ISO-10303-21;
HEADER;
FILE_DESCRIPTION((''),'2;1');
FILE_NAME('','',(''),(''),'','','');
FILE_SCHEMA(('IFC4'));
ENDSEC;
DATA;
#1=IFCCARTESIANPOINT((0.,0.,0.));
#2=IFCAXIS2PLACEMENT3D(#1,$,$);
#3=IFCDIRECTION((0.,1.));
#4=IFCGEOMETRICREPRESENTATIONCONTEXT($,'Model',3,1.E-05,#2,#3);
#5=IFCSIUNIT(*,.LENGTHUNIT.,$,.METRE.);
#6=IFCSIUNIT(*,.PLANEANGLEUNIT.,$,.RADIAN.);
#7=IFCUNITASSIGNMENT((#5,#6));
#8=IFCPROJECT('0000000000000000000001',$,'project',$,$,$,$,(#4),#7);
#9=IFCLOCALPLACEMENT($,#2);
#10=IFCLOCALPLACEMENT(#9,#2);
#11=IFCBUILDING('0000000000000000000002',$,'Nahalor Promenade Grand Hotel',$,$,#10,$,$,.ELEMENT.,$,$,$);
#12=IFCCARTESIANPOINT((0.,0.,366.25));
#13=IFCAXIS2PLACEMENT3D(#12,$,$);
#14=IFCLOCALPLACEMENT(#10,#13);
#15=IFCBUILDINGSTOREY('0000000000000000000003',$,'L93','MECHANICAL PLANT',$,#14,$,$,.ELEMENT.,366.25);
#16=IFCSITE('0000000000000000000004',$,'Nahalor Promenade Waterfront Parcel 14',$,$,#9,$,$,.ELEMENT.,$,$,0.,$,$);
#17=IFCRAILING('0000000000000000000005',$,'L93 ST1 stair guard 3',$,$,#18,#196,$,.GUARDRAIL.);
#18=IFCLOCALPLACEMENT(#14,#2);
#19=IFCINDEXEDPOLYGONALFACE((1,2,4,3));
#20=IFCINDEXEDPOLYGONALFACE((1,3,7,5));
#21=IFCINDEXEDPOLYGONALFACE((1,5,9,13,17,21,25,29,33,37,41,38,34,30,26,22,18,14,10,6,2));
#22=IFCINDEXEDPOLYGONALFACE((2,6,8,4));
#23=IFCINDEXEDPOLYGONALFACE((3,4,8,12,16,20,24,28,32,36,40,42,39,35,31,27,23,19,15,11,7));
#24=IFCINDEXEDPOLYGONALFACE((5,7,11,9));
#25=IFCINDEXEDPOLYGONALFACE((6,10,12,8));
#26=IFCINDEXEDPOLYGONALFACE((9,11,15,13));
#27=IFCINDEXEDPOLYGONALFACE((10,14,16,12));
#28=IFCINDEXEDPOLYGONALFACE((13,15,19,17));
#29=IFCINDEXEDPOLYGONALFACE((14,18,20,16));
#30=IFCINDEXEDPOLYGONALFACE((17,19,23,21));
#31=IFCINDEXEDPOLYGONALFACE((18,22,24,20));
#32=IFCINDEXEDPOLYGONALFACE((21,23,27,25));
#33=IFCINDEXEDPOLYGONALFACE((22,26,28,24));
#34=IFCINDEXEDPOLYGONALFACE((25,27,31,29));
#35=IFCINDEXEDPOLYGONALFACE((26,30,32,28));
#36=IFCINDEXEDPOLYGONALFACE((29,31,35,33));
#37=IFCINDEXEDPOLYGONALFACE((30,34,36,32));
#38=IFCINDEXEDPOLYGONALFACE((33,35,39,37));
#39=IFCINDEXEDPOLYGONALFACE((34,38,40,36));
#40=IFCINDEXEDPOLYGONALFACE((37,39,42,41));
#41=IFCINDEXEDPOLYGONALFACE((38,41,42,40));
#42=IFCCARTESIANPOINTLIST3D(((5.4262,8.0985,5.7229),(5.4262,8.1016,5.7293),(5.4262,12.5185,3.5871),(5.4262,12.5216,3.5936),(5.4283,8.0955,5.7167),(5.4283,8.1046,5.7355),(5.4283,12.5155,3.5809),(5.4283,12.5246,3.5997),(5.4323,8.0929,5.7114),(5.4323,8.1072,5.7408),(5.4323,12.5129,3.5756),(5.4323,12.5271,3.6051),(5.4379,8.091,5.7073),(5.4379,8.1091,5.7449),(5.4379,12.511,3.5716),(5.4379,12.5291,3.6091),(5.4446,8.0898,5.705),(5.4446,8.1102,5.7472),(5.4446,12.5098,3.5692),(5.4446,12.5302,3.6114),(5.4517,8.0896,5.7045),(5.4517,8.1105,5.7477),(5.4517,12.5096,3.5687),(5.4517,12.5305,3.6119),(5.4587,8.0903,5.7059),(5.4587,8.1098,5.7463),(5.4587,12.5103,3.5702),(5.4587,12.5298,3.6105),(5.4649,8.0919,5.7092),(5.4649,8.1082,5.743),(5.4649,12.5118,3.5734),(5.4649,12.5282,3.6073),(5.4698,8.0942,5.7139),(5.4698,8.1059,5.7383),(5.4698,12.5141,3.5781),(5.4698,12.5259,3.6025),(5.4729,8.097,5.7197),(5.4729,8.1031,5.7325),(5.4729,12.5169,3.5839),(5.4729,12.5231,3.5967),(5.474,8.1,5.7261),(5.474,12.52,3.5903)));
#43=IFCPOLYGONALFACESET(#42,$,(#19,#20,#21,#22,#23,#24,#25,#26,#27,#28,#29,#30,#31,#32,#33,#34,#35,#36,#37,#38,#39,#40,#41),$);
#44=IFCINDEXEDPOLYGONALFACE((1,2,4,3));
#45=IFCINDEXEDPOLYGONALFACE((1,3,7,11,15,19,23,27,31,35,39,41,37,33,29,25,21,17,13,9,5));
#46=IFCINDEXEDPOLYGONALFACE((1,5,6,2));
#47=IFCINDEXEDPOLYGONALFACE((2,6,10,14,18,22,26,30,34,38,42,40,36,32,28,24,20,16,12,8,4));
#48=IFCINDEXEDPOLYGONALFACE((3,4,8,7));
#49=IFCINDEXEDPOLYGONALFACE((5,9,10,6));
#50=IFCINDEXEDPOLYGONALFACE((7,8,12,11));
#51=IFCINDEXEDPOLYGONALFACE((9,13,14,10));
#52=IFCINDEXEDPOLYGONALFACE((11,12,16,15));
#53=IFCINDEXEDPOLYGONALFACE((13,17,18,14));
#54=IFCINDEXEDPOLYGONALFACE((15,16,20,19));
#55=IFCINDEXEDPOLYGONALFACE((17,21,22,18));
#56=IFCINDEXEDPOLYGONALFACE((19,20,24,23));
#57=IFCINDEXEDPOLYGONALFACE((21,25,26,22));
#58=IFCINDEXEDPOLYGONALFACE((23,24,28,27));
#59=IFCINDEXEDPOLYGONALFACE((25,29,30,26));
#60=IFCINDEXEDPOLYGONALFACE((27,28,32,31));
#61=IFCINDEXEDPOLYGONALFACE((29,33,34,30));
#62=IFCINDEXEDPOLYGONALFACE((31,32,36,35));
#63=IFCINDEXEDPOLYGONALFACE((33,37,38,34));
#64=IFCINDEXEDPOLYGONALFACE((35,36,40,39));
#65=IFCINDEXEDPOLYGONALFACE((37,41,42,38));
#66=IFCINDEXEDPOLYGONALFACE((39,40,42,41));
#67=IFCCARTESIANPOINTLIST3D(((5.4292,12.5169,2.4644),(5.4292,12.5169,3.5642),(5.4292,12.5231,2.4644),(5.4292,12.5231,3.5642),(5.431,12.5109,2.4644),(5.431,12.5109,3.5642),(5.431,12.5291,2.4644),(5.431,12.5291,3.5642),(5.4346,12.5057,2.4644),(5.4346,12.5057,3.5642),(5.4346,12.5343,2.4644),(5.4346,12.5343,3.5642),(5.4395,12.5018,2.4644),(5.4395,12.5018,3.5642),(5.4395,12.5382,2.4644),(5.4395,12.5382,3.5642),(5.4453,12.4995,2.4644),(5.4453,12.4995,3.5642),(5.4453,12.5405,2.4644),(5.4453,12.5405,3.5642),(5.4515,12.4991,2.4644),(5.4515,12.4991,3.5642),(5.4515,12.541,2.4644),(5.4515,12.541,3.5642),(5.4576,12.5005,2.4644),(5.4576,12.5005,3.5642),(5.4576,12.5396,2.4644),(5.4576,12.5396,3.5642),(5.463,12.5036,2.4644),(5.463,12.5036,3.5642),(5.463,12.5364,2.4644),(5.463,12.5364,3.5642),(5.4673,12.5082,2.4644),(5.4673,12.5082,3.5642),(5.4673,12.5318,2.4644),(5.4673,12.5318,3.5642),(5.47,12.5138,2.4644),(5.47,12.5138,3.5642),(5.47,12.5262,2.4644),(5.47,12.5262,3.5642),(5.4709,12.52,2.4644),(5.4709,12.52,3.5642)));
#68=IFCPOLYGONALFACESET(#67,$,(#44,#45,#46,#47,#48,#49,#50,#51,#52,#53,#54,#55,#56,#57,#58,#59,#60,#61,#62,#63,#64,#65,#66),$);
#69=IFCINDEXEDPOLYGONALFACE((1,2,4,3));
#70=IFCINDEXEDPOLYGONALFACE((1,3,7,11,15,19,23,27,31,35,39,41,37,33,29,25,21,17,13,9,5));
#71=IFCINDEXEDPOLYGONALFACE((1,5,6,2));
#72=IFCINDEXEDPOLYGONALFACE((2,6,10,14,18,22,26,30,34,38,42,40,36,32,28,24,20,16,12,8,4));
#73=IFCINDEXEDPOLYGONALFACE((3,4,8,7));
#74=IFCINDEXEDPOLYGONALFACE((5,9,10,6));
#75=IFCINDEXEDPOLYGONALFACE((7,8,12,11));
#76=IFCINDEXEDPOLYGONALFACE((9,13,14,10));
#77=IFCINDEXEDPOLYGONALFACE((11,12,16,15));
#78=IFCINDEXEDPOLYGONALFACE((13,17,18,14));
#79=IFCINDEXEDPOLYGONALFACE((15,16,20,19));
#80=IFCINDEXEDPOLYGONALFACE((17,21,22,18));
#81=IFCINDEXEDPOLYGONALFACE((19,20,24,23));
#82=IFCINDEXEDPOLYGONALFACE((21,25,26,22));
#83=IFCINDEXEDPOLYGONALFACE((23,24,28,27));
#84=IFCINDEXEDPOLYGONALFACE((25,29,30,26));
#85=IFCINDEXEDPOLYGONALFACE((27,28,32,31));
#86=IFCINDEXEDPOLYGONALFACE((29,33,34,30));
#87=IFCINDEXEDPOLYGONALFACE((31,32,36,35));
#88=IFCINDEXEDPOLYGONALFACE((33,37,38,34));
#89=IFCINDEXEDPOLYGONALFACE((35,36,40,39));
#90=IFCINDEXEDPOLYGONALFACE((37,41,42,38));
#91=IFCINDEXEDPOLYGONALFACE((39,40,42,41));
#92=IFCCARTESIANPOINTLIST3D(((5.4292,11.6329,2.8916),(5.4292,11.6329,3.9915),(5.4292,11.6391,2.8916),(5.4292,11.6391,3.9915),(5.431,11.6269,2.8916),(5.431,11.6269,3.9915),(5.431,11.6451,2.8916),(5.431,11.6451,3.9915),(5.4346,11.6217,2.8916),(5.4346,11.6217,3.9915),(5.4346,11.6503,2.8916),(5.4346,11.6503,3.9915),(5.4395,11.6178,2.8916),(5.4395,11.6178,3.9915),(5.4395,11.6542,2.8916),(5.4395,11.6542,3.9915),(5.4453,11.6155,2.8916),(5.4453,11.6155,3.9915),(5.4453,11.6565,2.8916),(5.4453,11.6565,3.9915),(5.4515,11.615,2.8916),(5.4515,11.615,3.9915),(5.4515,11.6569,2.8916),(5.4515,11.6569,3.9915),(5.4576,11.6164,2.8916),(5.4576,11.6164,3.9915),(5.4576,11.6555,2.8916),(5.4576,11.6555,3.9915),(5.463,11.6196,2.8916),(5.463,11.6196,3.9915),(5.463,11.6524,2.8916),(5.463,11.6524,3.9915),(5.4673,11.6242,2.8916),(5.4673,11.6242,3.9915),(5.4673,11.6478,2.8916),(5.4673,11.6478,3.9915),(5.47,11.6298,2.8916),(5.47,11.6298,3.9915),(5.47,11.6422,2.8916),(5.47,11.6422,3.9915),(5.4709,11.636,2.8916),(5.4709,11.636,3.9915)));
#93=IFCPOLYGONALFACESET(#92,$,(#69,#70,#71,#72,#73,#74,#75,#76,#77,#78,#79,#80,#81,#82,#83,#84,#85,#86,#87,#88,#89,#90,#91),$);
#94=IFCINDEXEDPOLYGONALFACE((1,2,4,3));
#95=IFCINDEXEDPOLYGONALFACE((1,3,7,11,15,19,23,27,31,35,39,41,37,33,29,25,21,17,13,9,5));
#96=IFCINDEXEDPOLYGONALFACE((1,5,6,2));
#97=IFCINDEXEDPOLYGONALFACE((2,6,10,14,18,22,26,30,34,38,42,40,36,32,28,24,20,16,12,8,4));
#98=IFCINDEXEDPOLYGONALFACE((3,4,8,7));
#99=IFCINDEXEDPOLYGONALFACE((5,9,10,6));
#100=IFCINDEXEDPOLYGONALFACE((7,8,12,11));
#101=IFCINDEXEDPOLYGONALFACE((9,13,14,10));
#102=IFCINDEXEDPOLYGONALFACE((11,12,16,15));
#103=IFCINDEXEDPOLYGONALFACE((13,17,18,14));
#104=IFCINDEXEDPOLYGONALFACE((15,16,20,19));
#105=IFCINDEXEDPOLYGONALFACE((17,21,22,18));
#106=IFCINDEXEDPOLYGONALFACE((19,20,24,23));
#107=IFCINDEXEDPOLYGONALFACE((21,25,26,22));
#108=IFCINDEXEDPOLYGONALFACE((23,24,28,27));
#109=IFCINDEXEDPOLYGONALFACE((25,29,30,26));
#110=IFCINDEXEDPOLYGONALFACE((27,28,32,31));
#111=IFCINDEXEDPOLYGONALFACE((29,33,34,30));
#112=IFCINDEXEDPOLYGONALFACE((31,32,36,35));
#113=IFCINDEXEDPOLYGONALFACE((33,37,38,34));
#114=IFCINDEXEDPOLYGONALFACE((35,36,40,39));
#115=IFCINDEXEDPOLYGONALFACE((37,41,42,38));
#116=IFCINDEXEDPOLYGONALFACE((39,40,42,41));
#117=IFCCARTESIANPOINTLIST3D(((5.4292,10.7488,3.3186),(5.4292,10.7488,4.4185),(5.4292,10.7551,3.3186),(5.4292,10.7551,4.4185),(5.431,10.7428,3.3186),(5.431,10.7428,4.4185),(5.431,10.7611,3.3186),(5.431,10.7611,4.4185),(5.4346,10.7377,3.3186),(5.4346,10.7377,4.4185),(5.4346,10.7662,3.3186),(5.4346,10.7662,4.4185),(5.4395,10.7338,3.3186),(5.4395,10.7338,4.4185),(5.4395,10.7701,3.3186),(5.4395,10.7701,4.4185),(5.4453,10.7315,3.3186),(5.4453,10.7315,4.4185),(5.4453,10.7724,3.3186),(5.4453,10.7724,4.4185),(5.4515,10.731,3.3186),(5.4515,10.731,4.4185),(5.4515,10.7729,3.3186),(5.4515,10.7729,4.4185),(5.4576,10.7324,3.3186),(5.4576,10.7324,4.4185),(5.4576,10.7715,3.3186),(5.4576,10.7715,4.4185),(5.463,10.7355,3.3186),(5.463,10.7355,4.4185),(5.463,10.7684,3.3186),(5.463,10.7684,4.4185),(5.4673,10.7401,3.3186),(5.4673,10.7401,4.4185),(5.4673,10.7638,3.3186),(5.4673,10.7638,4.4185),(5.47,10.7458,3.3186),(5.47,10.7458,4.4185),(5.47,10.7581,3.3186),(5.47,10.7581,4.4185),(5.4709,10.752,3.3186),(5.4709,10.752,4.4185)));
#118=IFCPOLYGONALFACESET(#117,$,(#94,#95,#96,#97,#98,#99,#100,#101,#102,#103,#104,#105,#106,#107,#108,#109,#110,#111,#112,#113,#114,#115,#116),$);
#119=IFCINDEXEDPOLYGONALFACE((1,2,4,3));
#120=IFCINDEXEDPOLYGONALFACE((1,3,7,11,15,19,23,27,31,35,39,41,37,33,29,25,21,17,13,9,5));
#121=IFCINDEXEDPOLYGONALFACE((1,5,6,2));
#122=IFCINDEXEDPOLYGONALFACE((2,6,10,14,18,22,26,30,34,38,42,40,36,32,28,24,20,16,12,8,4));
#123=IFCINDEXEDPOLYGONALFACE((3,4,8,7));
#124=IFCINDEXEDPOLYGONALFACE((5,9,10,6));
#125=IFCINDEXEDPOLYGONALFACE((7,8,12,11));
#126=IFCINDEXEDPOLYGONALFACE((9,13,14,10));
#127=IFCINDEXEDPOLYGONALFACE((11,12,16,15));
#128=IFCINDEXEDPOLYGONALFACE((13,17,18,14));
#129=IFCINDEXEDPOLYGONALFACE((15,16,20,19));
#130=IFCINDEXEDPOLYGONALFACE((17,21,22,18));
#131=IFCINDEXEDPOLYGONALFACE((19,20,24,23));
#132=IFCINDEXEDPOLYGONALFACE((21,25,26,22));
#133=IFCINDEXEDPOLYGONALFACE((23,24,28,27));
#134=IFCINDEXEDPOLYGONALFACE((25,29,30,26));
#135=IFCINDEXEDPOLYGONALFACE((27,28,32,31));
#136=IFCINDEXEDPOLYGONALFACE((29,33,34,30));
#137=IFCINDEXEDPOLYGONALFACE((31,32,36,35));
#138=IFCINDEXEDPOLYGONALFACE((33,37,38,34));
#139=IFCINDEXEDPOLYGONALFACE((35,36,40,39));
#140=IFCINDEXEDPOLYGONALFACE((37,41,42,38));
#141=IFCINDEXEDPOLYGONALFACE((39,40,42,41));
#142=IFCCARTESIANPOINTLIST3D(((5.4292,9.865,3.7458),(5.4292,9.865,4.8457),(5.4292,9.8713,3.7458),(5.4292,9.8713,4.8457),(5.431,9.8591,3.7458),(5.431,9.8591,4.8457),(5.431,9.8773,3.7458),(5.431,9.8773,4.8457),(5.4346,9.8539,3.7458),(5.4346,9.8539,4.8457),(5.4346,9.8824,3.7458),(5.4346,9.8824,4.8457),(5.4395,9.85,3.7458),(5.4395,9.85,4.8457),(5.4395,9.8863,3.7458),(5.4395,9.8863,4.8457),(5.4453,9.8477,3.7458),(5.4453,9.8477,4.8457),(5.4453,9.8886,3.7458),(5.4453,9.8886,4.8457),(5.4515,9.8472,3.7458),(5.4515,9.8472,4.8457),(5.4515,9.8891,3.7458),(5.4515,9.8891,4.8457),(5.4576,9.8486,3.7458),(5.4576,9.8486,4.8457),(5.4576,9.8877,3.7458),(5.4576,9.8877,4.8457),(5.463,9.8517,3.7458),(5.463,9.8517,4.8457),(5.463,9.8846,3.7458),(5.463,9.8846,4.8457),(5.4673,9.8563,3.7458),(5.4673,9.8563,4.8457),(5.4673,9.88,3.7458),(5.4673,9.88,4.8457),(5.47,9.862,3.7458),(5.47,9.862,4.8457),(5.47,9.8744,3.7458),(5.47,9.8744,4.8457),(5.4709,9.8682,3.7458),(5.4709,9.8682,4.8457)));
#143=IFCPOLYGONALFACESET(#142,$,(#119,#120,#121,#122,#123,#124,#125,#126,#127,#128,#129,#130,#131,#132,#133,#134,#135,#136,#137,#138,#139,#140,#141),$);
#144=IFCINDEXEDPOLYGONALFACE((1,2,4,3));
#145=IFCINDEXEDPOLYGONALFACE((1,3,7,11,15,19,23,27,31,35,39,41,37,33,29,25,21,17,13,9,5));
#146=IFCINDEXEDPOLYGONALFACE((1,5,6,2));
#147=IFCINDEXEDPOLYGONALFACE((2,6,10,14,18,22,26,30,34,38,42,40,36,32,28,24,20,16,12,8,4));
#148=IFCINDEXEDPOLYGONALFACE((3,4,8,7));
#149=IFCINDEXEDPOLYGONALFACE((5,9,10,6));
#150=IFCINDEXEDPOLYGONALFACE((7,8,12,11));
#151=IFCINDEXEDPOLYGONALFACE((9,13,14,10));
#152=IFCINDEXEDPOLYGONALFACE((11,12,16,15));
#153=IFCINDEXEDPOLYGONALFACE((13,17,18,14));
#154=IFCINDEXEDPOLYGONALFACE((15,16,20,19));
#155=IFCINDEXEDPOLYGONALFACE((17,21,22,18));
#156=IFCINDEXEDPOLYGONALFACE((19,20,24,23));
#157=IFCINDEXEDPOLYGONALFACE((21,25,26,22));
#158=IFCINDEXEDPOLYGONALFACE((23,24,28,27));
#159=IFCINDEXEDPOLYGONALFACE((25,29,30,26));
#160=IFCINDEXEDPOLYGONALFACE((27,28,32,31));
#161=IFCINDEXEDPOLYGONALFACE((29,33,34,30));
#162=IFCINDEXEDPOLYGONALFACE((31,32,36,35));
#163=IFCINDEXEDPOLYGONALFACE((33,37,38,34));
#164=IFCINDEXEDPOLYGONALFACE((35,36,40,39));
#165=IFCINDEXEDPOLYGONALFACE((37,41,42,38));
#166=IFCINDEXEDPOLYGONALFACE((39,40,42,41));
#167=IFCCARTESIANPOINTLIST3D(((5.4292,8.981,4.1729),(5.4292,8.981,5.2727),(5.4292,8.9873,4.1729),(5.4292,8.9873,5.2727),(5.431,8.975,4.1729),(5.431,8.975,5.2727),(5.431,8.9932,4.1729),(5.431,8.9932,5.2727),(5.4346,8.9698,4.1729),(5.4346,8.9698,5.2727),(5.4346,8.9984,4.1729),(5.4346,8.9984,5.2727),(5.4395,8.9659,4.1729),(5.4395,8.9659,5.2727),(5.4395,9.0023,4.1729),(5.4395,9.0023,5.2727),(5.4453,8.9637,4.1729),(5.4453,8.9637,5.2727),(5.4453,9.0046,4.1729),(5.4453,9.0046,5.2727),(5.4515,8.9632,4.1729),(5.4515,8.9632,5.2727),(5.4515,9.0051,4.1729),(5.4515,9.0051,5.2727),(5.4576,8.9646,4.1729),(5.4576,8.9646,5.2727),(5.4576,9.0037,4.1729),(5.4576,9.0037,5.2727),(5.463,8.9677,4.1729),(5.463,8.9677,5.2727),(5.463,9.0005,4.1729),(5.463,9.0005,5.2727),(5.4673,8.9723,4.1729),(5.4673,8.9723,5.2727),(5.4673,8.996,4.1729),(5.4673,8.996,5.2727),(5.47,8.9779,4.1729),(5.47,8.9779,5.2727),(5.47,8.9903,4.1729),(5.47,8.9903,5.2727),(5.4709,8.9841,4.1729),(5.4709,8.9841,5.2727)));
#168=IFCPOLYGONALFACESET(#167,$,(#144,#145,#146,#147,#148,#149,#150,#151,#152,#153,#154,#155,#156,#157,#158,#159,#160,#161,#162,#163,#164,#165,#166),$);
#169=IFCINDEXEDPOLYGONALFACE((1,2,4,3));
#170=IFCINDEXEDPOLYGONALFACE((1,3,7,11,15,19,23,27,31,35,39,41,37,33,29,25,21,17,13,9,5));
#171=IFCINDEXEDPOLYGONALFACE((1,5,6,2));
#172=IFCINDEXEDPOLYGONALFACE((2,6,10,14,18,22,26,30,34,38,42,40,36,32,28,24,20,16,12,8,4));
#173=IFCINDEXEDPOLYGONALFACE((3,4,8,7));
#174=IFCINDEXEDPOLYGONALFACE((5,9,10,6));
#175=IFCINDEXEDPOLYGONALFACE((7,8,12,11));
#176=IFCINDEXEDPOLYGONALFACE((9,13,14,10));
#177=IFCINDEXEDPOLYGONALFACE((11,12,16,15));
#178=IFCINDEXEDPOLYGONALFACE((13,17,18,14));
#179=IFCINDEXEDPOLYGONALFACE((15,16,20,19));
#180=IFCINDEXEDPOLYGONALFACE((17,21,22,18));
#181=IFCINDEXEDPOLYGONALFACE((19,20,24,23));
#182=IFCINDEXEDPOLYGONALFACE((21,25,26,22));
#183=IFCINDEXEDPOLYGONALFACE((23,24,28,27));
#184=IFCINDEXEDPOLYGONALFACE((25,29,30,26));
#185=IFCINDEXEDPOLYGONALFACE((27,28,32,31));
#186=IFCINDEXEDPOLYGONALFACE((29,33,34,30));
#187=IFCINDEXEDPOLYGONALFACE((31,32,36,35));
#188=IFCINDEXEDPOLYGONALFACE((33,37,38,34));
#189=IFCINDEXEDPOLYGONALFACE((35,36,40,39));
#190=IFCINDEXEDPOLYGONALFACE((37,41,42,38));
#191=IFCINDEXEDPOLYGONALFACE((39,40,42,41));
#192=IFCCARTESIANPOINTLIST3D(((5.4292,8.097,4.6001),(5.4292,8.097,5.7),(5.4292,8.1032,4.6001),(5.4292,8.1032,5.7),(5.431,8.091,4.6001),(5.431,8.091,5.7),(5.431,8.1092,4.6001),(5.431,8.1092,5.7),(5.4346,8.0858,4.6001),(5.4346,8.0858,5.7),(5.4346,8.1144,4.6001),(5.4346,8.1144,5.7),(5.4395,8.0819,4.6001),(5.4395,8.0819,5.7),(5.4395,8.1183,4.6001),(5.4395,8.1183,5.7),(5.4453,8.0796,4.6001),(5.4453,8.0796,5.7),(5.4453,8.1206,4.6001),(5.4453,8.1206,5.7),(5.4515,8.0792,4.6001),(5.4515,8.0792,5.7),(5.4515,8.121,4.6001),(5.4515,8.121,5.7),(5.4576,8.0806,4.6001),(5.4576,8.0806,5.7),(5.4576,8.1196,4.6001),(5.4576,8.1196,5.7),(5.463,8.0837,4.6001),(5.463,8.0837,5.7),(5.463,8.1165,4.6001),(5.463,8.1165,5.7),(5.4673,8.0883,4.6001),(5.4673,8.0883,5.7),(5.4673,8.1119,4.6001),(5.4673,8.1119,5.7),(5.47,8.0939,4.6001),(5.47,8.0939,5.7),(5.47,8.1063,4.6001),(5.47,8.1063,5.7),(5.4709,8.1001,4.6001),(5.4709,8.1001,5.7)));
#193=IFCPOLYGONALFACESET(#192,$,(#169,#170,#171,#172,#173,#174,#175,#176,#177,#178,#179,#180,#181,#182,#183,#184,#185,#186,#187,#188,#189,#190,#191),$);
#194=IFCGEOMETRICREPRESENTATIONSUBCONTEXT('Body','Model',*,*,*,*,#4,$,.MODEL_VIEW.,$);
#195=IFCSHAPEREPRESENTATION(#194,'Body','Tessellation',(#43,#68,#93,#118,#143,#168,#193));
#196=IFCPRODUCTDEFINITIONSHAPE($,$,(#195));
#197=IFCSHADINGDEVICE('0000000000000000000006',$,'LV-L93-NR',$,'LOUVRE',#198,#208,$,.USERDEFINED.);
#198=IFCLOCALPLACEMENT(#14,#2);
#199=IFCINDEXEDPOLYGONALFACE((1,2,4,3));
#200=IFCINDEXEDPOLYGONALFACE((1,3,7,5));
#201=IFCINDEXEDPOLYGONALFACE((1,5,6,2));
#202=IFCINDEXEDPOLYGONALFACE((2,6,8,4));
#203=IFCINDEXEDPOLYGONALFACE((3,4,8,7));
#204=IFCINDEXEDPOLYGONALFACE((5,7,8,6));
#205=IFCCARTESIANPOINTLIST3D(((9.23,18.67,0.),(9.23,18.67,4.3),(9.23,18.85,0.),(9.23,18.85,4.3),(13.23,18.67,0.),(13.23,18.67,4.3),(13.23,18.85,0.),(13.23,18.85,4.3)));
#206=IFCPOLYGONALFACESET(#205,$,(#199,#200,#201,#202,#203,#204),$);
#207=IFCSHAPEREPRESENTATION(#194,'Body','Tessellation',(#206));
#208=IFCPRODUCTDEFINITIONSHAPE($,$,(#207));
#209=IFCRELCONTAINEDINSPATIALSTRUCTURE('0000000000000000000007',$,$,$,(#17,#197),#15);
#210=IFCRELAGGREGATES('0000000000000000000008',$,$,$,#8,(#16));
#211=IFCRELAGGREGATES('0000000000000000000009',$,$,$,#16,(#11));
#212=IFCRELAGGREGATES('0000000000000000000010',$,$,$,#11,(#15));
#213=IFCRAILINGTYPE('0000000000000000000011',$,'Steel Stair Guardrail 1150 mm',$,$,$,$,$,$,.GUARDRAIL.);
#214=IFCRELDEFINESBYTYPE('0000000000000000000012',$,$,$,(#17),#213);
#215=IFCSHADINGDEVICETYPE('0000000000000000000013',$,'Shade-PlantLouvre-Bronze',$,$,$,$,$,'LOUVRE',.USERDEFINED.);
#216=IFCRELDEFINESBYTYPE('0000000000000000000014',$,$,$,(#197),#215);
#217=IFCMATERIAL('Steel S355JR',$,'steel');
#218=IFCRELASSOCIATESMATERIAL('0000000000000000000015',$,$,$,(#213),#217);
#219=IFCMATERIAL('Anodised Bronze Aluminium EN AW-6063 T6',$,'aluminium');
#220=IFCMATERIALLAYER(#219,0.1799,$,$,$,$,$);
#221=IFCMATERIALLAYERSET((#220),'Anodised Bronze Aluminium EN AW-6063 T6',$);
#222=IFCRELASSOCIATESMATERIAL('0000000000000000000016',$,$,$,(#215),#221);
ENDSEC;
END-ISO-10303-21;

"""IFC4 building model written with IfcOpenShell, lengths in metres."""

from ifc_helpers import new_model, si_unit, direction, frame, origin, origin_2d, place, context, subcontext, project, spatial, rectangle, circle, extrude, source, transform, mapped, material, layer, layer_set, type_object, element, save


model = new_model("IFC4")

# Units and contexts
model_context = context("Model", 3, precision=1e-05, world=origin(), true_north=direction((0.0, 1.0)))
body_context = subcontext(model_context, "Body", "Model", "MODEL_VIEW")
ifc_project = project(units=[si_unit("LENGTHUNIT", "METRE"), si_unit("PLANEANGLEUNIT", "RADIAN")], contexts=[model_context])

# Site, building, storey
site_placement = place(None, origin())
site = spatial("IfcSite", under=ifc_project, at=site_placement, Name="Nahalor Promenade Waterfront Parcel 14", CompositionType="ELEMENT", RefElevation=0.0)
building_placement = place(site_placement, origin())
building = spatial("IfcBuilding", under=site, at=building_placement, Name="Nahalor Promenade Grand Hotel", CompositionType="ELEMENT")
storey_placement = place(building_placement, frame((0.0, 0.0, 366.25)))
storey = spatial("IfcBuildingStorey", under=building, at=storey_placement, Name="L93", Description="MECHANICAL PLANT", CompositionType="ELEMENT", Elevation=366.25)

# Shared definitions
ifc_material_1 = material(Name="Steel S355JR", Category="steel")

# Shared definitions
ifc_material_2 = material(Name="Anodised Bronze Aluminium EN AW-6063 T6", Category="aluminium")

# Railing
railing_type_1 = type_object("IfcRailingType", Name="Steel Stair Guardrail 1150 mm", PredefinedType="GUARDRAIL", material=ifc_material_1)
railing_1_placement = place(storey_placement, frame((5.45, 12.52, 2.4644)))
element("IfcRailing", 1, at=railing_1_placement, inside=storey, type_object=railing_type_1, Name="L93 ST1 stair guard 3", PredefinedType="GUARDRAIL", context=body_context, shape_type="SweptSolid", body=[
    extrude(circle(Radius=0.024, at=origin_2d()), frame((0.0, 0.0, 1.126), z_axis=(0.0, -0.900393, 0.435077), x_axis=(1.0, 0.0, 0.0)), (0.0, 0.0, 1.0), 4.9089),
    extrude(circle(Radius=0.021, at=origin_2d()), origin(), (0.0, 0.0, 1.0), 1.0999),
    extrude(circle(Radius=0.021, at=origin_2d()), frame((0.0, -0.884, 0.4272)), (0.0, 0.0, 1.0), 1.0999),
    extrude(circle(Radius=0.021, at=origin_2d()), frame((0.0, -1.7681, 0.8542)), (0.0, 0.0, 1.0), 1.0999),
    extrude(circle(Radius=0.021, at=origin_2d()), frame((0.0, -2.6519, 1.2815)), (0.0, 0.0, 1.0), 1.0999),
    extrude(circle(Radius=0.021, at=origin_2d()), frame((0.0, -3.5359, 1.7085)), (0.0, 0.0, 1.0), 1.0999),
    extrude(circle(Radius=0.021, at=origin_2d()), frame((0.0, -4.4199, 2.1357)), (0.0, 0.0, 1.0), 1.0999),
])

# Shading device
ifc_layer_1 = layer(ifc_material_2, 0.1799)
ifc_layer_set_1 = layer_set([ifc_layer_1], Name="Anodised Bronze Aluminium EN AW-6063 T6")
shading_device_type = type_object("IfcShadingDeviceType", Name="Shade-PlantLouvre-Bronze", ElementType="LOUVRE", PredefinedType="USERDEFINED", material=ifc_layer_set_1)
shared_shape_1 = source(origin(), body_context, "Body", "SweptSolid", [
    extrude(rectangle(XDim=4.0, YDim=0.1799, at=origin_2d()), origin(), (0.0, 0.0, 1.0), 4.3),
])
for number, where, z_axis, x_axis, name in (
    (2, (11.23, 18.76, 0.0), (0.0, 0.0, 1.0), (1.0, 0.0, 0.0), "LV-L93-NR"),
):
    element("IfcShadingDevice", number, at=place(storey_placement, frame(where, z_axis=z_axis, x_axis=x_axis)), inside=storey, type_object=shading_device_type, Name=name, ObjectType="LOUVRE", PredefinedType="USERDEFINED", context=body_context, shape_type="MappedRepresentation", body=[
        mapped(shared_shape_1, transform((0.0, 0.0, 0.0), scale=1.0)),
    ])

save(model, "model.ifc")
